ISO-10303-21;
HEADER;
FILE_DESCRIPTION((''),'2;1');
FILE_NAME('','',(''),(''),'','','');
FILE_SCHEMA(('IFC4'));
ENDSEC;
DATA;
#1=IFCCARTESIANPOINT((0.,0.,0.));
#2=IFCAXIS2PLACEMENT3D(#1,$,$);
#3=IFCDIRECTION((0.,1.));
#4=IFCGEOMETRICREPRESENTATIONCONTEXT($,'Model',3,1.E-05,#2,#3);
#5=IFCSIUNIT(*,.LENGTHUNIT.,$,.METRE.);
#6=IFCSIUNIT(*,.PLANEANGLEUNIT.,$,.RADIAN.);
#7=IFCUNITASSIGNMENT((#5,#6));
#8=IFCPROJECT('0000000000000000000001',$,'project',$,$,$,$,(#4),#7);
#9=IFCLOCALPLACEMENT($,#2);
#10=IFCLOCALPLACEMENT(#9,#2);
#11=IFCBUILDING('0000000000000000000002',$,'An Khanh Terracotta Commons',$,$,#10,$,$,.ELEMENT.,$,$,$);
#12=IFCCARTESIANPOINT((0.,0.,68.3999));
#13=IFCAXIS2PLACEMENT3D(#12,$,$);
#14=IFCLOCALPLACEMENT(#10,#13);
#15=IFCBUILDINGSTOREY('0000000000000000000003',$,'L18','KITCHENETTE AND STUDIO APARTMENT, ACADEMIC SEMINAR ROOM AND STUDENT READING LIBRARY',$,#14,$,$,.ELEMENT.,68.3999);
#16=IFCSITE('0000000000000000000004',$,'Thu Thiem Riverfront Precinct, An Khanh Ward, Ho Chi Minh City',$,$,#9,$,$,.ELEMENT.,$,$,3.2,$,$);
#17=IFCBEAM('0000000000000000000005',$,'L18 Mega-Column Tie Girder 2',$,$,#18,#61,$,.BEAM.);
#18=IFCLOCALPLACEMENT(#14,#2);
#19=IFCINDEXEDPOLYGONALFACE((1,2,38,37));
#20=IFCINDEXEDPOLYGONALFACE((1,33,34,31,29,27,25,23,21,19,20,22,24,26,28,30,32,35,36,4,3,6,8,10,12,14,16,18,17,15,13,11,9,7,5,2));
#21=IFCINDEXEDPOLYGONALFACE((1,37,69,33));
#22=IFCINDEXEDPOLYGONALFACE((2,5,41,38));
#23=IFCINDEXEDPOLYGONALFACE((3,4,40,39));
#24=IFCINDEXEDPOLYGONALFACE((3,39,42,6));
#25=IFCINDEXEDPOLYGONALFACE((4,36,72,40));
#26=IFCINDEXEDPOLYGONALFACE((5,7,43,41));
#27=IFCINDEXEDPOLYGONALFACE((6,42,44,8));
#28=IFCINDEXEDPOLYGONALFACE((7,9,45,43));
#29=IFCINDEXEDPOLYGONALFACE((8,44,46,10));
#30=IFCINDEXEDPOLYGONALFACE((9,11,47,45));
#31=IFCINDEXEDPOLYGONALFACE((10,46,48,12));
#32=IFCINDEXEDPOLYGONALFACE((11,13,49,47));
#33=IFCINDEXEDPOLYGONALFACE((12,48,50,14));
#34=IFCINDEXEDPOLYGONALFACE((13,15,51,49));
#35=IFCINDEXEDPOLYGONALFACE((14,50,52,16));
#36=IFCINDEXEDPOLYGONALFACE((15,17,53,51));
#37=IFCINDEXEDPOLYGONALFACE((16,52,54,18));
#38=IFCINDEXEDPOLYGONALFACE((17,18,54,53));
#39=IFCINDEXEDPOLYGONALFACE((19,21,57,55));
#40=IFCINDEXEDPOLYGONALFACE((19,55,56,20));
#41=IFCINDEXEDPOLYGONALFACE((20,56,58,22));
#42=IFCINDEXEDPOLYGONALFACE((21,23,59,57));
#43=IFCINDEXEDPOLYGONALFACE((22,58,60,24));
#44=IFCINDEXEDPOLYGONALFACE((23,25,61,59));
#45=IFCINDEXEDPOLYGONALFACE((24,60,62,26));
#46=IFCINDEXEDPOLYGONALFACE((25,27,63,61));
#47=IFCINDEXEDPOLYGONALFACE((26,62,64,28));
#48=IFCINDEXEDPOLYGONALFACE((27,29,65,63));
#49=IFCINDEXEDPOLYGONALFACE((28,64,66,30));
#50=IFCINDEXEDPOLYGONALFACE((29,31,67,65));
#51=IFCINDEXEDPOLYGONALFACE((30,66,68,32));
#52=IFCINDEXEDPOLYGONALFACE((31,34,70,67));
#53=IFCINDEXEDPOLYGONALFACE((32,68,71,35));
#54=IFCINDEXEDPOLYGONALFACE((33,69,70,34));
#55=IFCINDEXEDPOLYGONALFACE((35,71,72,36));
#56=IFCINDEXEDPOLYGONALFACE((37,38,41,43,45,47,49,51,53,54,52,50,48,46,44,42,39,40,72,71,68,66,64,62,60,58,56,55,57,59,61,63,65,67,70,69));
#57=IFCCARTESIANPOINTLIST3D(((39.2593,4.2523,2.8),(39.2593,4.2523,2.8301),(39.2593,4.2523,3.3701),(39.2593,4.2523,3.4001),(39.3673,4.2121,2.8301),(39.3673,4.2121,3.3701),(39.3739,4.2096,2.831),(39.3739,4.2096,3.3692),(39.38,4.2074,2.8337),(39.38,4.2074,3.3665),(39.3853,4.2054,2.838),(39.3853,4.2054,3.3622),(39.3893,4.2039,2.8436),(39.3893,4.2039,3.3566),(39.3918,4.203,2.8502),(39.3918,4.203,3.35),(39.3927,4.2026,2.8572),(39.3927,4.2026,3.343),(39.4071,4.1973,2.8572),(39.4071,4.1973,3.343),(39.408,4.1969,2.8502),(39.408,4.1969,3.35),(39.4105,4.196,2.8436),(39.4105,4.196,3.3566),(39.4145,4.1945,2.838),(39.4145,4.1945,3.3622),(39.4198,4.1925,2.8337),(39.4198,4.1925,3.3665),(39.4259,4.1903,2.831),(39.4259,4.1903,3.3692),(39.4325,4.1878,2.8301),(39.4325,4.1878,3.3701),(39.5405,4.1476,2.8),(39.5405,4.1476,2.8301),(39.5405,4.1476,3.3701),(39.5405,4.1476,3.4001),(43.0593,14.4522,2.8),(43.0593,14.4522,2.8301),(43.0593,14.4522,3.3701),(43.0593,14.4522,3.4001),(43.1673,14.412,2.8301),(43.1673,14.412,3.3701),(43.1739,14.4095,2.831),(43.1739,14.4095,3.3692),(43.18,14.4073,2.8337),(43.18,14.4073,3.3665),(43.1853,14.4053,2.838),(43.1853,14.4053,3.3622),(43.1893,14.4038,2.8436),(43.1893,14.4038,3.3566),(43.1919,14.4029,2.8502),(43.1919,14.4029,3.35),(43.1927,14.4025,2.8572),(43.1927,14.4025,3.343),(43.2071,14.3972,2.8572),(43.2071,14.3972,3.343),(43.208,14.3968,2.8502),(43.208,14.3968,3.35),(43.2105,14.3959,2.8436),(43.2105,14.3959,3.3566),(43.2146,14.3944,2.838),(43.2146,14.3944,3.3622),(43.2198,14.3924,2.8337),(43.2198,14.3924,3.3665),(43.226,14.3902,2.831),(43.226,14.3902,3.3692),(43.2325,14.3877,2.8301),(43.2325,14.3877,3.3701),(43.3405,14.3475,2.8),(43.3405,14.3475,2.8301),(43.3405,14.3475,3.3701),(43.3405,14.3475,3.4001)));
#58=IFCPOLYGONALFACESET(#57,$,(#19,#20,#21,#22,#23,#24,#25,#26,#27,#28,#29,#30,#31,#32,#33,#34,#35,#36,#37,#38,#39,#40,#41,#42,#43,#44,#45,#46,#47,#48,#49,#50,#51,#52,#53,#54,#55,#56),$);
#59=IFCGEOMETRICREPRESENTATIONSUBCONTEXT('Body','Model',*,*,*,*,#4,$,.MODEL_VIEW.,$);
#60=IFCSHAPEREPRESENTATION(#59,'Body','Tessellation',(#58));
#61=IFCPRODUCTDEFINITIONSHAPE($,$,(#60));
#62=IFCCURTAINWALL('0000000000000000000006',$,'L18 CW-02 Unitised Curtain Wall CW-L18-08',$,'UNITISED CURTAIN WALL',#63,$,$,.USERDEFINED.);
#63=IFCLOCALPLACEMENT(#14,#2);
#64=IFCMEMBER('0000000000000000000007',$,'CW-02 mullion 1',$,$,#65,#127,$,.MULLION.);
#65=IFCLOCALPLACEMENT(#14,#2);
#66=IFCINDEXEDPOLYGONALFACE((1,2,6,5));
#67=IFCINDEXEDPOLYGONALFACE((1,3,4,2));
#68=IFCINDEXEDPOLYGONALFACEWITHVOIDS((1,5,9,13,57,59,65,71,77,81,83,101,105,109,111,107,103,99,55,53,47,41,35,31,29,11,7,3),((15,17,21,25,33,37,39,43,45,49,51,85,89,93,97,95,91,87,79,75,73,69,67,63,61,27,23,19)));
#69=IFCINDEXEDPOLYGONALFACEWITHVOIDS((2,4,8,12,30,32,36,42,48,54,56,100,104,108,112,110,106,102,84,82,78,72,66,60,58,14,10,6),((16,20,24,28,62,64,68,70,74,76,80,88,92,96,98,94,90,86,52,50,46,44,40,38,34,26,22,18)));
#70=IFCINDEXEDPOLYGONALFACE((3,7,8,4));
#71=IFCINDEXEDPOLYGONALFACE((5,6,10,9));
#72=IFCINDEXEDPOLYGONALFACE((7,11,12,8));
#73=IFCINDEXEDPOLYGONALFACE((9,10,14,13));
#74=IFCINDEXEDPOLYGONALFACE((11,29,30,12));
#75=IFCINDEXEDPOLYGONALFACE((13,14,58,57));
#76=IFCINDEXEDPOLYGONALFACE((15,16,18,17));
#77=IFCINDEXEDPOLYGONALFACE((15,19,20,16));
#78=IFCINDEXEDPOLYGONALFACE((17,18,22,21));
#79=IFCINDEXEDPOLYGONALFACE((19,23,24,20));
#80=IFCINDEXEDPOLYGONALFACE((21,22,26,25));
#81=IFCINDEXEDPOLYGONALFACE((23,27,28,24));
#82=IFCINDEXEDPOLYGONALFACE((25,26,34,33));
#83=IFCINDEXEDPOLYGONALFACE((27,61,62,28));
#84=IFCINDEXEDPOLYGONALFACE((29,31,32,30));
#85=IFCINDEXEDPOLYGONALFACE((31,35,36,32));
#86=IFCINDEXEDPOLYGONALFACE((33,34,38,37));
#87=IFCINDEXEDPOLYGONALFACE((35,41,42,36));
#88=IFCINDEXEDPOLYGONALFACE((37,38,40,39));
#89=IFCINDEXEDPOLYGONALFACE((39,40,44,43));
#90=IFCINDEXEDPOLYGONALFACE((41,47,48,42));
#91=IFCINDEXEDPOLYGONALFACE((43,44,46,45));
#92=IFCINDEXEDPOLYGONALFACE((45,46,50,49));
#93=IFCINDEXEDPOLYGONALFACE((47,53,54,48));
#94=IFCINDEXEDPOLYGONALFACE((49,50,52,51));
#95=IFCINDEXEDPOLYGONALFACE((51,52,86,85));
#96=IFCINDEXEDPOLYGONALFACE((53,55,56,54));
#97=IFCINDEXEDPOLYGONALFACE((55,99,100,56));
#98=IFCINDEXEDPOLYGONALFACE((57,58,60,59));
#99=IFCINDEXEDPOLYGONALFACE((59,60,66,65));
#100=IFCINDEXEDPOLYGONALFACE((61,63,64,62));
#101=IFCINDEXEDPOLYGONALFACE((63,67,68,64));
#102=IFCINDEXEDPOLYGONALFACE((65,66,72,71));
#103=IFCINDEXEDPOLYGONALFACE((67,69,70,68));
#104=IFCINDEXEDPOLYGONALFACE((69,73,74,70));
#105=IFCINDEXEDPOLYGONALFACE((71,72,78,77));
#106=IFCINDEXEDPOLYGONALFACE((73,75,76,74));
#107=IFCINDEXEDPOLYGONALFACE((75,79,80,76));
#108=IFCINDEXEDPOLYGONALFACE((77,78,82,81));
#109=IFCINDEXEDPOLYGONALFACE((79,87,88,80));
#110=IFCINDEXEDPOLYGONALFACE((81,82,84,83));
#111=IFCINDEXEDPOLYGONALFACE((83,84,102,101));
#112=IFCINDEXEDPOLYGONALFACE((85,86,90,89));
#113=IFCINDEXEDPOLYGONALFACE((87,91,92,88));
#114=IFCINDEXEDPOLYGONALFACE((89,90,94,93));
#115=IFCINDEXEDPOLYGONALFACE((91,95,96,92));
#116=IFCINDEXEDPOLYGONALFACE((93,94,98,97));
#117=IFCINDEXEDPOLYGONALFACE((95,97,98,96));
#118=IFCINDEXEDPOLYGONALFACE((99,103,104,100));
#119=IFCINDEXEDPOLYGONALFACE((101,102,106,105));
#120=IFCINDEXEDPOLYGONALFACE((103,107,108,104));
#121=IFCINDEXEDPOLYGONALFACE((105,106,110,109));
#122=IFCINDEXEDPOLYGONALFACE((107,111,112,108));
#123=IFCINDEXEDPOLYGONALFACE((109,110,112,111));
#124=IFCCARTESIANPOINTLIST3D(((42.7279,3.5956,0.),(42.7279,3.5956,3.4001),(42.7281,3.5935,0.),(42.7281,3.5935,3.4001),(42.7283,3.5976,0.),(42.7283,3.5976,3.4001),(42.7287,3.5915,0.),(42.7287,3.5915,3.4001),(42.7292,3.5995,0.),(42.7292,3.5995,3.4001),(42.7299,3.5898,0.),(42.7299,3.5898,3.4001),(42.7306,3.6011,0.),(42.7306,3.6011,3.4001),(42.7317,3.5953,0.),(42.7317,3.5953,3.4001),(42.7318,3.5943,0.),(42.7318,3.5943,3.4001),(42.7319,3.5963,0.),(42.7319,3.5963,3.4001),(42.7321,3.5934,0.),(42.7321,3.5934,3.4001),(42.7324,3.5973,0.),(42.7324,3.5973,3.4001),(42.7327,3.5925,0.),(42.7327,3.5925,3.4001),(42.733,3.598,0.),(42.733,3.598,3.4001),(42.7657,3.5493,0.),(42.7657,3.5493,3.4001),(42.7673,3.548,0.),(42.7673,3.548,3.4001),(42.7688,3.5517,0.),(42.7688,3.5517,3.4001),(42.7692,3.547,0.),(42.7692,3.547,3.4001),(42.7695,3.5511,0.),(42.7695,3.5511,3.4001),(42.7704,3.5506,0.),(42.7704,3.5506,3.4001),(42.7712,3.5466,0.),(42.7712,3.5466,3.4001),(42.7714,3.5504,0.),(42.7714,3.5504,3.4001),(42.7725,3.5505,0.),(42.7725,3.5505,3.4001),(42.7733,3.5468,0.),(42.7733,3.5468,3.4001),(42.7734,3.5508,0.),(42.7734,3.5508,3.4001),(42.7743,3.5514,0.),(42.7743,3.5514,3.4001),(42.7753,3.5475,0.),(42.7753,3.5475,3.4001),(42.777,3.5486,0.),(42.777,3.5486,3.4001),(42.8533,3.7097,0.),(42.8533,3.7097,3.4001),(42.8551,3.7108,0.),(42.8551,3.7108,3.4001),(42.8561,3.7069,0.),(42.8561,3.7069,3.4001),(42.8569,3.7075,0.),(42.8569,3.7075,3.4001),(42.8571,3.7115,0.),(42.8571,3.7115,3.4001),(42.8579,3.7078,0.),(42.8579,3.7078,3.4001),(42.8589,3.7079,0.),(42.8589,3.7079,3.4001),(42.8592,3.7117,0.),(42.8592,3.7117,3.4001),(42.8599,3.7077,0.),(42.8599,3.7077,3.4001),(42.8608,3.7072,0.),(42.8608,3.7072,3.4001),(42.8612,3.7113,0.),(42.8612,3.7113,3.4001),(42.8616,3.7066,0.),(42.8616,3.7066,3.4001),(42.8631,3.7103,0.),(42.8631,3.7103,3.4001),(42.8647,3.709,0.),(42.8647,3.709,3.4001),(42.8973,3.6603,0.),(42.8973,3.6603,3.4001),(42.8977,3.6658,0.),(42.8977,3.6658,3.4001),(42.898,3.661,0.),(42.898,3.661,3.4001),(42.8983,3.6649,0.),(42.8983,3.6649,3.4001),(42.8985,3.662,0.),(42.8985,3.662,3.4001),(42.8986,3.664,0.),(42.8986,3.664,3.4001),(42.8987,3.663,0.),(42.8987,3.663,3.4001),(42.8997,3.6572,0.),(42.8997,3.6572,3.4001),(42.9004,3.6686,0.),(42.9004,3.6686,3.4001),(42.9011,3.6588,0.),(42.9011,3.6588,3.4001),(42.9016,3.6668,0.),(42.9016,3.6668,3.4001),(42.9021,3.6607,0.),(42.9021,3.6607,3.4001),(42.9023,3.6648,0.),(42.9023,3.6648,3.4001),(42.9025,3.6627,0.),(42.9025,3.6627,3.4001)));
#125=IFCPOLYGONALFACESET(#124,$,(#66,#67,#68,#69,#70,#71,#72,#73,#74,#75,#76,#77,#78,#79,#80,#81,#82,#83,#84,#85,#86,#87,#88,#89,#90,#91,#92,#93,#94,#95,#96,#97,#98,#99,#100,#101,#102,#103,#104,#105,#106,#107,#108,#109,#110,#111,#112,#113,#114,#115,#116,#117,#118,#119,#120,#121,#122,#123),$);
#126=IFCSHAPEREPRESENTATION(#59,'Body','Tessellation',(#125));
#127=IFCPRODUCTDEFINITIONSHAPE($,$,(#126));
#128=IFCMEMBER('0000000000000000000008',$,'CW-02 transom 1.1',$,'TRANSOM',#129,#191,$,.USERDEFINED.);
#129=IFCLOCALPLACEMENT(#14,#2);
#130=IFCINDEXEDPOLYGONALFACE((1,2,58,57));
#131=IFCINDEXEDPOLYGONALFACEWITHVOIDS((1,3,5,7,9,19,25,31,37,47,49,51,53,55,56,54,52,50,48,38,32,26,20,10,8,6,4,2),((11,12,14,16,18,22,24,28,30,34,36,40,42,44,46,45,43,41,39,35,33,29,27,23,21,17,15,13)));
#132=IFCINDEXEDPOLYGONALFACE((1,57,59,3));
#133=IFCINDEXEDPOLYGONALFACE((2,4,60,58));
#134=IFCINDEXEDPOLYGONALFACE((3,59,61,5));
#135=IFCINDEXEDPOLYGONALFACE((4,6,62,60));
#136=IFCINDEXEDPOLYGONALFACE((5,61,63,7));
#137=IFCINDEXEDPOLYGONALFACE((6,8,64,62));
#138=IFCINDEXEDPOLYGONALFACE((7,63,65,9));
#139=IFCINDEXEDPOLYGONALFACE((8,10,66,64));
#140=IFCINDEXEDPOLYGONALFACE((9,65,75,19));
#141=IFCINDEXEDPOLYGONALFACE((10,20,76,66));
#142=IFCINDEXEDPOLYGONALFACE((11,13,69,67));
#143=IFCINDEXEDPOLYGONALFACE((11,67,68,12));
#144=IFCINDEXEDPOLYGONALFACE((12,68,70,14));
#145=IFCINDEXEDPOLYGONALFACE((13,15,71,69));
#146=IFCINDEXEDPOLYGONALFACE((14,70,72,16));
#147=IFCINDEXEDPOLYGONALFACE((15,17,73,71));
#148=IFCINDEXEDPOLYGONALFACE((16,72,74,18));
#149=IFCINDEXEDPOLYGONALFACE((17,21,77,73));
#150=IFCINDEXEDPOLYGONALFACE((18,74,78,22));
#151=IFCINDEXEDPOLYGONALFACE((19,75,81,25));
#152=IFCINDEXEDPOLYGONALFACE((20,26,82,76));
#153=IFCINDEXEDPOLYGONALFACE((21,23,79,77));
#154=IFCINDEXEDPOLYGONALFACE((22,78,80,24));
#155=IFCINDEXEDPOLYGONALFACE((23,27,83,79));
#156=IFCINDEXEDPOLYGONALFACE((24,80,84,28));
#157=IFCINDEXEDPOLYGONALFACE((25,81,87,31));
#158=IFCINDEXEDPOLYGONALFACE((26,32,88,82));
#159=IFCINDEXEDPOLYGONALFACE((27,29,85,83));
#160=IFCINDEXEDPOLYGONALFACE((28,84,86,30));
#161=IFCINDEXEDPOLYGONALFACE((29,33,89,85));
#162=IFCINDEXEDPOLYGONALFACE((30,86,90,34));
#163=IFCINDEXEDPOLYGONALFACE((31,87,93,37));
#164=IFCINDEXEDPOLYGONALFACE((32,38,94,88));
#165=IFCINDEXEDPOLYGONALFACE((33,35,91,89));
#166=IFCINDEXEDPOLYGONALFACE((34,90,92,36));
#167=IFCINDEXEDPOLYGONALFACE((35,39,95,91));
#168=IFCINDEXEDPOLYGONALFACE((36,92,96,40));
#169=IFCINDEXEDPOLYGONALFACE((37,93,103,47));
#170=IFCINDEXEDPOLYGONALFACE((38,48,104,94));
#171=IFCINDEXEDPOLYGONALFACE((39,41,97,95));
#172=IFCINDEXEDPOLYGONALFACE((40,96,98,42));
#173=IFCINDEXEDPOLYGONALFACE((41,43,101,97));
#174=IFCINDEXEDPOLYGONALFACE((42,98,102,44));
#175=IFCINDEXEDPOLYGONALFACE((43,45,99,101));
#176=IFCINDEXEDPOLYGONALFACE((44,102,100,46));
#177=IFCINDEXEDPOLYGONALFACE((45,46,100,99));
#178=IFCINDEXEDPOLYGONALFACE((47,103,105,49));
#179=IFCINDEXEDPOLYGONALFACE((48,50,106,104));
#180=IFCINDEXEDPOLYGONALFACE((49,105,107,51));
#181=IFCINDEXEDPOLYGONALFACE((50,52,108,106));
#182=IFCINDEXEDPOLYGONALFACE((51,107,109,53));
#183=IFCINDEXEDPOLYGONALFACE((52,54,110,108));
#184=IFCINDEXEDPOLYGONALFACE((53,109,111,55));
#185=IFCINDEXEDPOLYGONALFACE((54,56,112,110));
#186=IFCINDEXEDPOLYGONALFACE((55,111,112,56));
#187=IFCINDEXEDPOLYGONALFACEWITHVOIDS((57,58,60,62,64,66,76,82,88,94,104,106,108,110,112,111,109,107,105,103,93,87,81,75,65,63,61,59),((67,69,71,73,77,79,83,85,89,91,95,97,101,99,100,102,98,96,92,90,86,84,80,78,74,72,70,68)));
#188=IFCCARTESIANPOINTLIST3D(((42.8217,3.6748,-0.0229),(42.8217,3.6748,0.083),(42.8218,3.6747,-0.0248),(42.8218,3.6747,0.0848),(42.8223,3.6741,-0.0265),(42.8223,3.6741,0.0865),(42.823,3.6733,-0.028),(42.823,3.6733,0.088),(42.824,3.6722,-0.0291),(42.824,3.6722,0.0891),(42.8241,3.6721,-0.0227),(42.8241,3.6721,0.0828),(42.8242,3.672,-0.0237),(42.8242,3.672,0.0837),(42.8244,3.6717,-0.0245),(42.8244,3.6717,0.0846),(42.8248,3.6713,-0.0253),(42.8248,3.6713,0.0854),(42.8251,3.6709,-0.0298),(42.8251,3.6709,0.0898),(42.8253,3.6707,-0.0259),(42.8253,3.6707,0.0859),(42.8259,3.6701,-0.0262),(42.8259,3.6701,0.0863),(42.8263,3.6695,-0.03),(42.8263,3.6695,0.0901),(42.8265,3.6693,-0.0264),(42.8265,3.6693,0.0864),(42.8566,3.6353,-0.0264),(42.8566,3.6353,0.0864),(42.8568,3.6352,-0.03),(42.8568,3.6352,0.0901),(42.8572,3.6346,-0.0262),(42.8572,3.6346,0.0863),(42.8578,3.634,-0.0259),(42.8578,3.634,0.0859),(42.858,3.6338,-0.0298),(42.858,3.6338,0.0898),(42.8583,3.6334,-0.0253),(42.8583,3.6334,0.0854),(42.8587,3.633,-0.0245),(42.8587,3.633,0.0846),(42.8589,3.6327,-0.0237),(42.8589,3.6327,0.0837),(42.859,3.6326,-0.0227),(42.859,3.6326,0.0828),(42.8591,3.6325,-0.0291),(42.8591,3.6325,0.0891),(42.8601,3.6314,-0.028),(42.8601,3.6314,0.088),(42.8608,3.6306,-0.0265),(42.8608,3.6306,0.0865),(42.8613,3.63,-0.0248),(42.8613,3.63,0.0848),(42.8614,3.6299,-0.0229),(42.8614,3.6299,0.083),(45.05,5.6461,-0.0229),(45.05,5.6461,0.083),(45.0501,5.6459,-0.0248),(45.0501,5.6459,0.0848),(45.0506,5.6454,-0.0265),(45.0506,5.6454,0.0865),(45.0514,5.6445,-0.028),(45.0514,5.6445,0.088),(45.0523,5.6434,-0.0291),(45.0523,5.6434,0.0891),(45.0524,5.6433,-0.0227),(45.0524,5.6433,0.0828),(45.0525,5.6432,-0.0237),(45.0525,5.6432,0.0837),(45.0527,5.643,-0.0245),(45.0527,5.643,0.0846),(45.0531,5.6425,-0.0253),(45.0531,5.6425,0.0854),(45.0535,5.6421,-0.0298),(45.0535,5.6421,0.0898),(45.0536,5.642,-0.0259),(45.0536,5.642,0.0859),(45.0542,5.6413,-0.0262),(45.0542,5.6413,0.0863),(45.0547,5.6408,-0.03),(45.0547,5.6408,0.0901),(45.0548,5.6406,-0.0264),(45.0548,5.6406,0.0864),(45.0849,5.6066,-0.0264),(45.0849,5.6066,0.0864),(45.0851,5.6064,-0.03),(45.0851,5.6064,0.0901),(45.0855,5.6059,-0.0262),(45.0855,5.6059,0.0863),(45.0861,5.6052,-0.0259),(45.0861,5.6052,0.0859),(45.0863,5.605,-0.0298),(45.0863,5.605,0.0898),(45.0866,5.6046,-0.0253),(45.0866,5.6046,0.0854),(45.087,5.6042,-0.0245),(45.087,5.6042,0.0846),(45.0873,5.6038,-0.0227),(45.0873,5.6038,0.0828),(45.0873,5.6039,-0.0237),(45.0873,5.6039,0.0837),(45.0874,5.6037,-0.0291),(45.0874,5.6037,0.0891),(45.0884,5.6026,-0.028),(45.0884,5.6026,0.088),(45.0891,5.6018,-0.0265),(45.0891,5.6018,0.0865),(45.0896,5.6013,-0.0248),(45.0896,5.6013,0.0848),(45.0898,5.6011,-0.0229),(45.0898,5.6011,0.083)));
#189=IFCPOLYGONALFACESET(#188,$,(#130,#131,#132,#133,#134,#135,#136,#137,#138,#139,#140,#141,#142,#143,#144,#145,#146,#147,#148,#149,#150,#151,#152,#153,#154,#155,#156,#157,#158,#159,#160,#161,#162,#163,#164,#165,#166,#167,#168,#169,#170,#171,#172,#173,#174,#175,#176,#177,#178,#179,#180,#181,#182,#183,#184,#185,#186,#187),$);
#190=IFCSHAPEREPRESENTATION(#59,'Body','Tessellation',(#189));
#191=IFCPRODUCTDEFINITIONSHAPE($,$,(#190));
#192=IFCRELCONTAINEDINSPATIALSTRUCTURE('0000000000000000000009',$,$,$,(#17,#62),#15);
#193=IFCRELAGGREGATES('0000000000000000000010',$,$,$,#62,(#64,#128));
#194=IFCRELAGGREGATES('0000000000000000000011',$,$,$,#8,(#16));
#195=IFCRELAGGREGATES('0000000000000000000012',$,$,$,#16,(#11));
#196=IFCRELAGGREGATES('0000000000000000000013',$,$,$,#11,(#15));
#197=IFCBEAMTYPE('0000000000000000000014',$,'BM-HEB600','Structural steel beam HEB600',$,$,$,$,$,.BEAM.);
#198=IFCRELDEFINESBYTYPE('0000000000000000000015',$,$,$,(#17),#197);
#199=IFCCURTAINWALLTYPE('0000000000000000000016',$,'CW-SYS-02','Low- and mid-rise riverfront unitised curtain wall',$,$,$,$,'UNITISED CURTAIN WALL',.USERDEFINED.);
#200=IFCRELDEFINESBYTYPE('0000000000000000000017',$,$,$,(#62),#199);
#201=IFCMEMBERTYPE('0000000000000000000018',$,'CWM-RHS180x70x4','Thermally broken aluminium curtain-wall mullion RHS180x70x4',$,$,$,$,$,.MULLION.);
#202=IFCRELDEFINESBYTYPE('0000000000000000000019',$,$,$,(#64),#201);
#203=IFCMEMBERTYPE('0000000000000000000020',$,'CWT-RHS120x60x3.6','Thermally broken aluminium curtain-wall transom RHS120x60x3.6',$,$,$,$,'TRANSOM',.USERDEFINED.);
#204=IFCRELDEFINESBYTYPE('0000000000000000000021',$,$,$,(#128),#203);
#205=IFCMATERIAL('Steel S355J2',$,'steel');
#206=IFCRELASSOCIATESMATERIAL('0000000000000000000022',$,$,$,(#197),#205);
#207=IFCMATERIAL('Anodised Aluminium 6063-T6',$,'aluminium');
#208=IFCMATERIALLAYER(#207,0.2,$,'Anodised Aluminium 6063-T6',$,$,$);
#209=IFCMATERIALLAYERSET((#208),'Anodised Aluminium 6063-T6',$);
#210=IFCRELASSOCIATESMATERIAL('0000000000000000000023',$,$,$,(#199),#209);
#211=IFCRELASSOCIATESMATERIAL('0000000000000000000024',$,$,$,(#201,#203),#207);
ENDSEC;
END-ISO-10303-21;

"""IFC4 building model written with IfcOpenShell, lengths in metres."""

from ifc_helpers import new_model, si_unit, direction, frame, origin, origin_2d, place, context, subcontext, project, spatial, hollow_rectangle, i_section, extrude, material, layer, layer_set, material_profile, profile_set, type_object, element, aggregate, save


model = new_model("IFC4")

# Units and contexts
model_context = context("Model", 3, precision=1e-05, world=origin(), true_north=direction((0.0, 1.0)))
body_context = subcontext(model_context, "Body", "Model", "MODEL_VIEW")
ifc_project = project(units=[si_unit("LENGTHUNIT", "METRE"), si_unit("PLANEANGLEUNIT", "RADIAN")], contexts=[model_context])

# Site, building, storey
site_placement = place(None, origin())
site = spatial("IfcSite", under=ifc_project, at=site_placement, Name="Thu Thiem Riverfront Precinct, An Khanh Ward, Ho Chi Minh City", CompositionType="ELEMENT", RefElevation=3.2)
building_placement = place(site_placement, origin())
building = spatial("IfcBuilding", under=site, at=building_placement, Name="An Khanh Terracotta Commons", CompositionType="ELEMENT")
storey_placement = place(building_placement, frame((0.0, 0.0, 68.3999)))
storey = spatial("IfcBuildingStorey", under=building, at=storey_placement, Name="L18", Description="KITCHENETTE AND STUDIO APARTMENT, ACADEMIC SEMINAR ROOM AND STUDENT READING LIBRARY", CompositionType="ELEMENT", Elevation=68.3999)

# Beam
ifc_material_1 = material(Name="Steel S355J2", Category="steel")
ifc_material_profile_1 = material_profile(ifc_material_1, i_section(OverallWidth=0.3, OverallDepth=0.6001, WebThickness=0.0154, FlangeThickness=0.03, FilletRadius=0.0271, at=origin_2d()), Name="HEB600")
ifc_profile_set_1 = profile_set([ifc_material_profile_1], Name="Steel S355J2")
beam_type_1 = type_object("IfcBeamType", Name="BM-HEB600", Description="Structural steel beam HEB600", PredefinedType="BEAM", material=ifc_profile_set_1)
beam_1_placement = place(storey_placement, frame((39.3999, 4.2, 3.1001), z_axis=(0.349114, 0.93708, 0.0), x_axis=(-0.93708, 0.349114, 0.0)))
element("IfcBeam", 1, at=beam_1_placement, inside=storey, type_object=beam_type_1, Name="L18 Mega-Column Tie Girder 2", PredefinedType="BEAM", context=body_context, shape_type="SweptSolid", body=[
    extrude(i_section(OverallWidth=0.3, OverallDepth=0.6001, WebThickness=0.0154, FlangeThickness=0.03, FilletRadius=0.0271, at=origin_2d()), origin(), (0.0, 0.0, 1.0), 10.8848),
])

# Curtain wall, members
ifc_material_2 = material(Name="Anodised Aluminium 6063-T6", Category="aluminium")
ifc_layer_1 = layer(ifc_material_2, 0.2, Name="Anodised Aluminium 6063-T6")
ifc_layer_set_1 = layer_set([ifc_layer_1], Name="Anodised Aluminium 6063-T6")
curtain_wall_type = type_object("IfcCurtainWallType", Name="CW-SYS-02", Description="Low- and mid-rise riverfront unitised curtain wall", ElementType="UNITISED CURTAIN WALL", PredefinedType="USERDEFINED", material=ifc_layer_set_1)
curtain_wall_placement = place(storey_placement, origin())
curtain_wall = element("IfcCurtainWall", 2, at=curtain_wall_placement, inside=storey, type_object=curtain_wall_type, Name="L18 CW-02 Unitised Curtain Wall CW-L18-08", ObjectType="UNITISED CURTAIN WALL", PredefinedType="USERDEFINED")
ifc_material_profile_2 = material_profile(ifc_material_2, hollow_rectangle(XDim=0.0701, YDim=0.1799, WallThickness=0.0039, InnerFilletRadius=0.0039, OuterFilletRadius=0.0081, at=origin_2d()), Name="RHS180x70x4")
ifc_profile_set_2 = profile_set([ifc_material_profile_2], Name="Anodised Aluminium 6063-T6")
member_type_1 = type_object("IfcMemberType", Name="CWM-RHS180x70x4", Description="Thermally broken aluminium curtain-wall mullion RHS180x70x4", PredefinedType="MULLION", material=ifc_profile_set_2)
member_1_placement = place(storey_placement, frame((42.8152, 3.6292, 0.0), z_axis=(0.0, 0.0, 1.0), x_axis=(-0.662548, 0.749019, 0.0)))
member_1 = element("IfcMember", 3, at=member_1_placement, type_object=member_type_1, Name="CW-02 mullion 1", PredefinedType="MULLION", context=body_context, shape_type="SweptSolid", body=[
    extrude(hollow_rectangle(XDim=0.0701, YDim=0.1799, WallThickness=0.0039, InnerFilletRadius=0.0039, OuterFilletRadius=0.0081, at=origin_2d()), origin(), (0.0, 0.0, 1.0), 3.4001),
])
ifc_material_profile_3 = material_profile(ifc_material_2, hollow_rectangle(XDim=0.0601, YDim=0.1201, WallThickness=0.0037, InnerFilletRadius=0.0037, OuterFilletRadius=0.0071, at=origin_2d()), Name="RHS120x60x3.6")
ifc_profile_set_3 = profile_set([ifc_material_profile_3], Name="Anodised Aluminium 6063-T6")
member_type_2 = type_object("IfcMemberType", Name="CWT-RHS120x60x3.6", Description="Thermally broken aluminium curtain-wall transom RHS120x60x3.6", ElementType="TRANSOM", PredefinedType="USERDEFINED", material=ifc_profile_set_3)
member_2_placement = place(storey_placement, frame((42.8416, 3.6523, 0.03), z_axis=(0.748992, 0.662579, 0.0), x_axis=(-0.662579, 0.748992, 0.0)))
member_2 = element("IfcMember", 4, at=member_2_placement, type_object=member_type_2, Name="CW-02 transom 1.1", ObjectType="TRANSOM", PredefinedType="USERDEFINED", context=body_context, shape_type="SweptSolid", body=[
    extrude(hollow_rectangle(XDim=0.0601, YDim=0.1201, WallThickness=0.0037, InnerFilletRadius=0.0037, OuterFilletRadius=0.0071, at=origin_2d()), origin(), (0.0, 0.0, 1.0), 2.9751),
])
aggregate(curtain_wall, [member_1, member_2])

save(model, "model.ifc")
